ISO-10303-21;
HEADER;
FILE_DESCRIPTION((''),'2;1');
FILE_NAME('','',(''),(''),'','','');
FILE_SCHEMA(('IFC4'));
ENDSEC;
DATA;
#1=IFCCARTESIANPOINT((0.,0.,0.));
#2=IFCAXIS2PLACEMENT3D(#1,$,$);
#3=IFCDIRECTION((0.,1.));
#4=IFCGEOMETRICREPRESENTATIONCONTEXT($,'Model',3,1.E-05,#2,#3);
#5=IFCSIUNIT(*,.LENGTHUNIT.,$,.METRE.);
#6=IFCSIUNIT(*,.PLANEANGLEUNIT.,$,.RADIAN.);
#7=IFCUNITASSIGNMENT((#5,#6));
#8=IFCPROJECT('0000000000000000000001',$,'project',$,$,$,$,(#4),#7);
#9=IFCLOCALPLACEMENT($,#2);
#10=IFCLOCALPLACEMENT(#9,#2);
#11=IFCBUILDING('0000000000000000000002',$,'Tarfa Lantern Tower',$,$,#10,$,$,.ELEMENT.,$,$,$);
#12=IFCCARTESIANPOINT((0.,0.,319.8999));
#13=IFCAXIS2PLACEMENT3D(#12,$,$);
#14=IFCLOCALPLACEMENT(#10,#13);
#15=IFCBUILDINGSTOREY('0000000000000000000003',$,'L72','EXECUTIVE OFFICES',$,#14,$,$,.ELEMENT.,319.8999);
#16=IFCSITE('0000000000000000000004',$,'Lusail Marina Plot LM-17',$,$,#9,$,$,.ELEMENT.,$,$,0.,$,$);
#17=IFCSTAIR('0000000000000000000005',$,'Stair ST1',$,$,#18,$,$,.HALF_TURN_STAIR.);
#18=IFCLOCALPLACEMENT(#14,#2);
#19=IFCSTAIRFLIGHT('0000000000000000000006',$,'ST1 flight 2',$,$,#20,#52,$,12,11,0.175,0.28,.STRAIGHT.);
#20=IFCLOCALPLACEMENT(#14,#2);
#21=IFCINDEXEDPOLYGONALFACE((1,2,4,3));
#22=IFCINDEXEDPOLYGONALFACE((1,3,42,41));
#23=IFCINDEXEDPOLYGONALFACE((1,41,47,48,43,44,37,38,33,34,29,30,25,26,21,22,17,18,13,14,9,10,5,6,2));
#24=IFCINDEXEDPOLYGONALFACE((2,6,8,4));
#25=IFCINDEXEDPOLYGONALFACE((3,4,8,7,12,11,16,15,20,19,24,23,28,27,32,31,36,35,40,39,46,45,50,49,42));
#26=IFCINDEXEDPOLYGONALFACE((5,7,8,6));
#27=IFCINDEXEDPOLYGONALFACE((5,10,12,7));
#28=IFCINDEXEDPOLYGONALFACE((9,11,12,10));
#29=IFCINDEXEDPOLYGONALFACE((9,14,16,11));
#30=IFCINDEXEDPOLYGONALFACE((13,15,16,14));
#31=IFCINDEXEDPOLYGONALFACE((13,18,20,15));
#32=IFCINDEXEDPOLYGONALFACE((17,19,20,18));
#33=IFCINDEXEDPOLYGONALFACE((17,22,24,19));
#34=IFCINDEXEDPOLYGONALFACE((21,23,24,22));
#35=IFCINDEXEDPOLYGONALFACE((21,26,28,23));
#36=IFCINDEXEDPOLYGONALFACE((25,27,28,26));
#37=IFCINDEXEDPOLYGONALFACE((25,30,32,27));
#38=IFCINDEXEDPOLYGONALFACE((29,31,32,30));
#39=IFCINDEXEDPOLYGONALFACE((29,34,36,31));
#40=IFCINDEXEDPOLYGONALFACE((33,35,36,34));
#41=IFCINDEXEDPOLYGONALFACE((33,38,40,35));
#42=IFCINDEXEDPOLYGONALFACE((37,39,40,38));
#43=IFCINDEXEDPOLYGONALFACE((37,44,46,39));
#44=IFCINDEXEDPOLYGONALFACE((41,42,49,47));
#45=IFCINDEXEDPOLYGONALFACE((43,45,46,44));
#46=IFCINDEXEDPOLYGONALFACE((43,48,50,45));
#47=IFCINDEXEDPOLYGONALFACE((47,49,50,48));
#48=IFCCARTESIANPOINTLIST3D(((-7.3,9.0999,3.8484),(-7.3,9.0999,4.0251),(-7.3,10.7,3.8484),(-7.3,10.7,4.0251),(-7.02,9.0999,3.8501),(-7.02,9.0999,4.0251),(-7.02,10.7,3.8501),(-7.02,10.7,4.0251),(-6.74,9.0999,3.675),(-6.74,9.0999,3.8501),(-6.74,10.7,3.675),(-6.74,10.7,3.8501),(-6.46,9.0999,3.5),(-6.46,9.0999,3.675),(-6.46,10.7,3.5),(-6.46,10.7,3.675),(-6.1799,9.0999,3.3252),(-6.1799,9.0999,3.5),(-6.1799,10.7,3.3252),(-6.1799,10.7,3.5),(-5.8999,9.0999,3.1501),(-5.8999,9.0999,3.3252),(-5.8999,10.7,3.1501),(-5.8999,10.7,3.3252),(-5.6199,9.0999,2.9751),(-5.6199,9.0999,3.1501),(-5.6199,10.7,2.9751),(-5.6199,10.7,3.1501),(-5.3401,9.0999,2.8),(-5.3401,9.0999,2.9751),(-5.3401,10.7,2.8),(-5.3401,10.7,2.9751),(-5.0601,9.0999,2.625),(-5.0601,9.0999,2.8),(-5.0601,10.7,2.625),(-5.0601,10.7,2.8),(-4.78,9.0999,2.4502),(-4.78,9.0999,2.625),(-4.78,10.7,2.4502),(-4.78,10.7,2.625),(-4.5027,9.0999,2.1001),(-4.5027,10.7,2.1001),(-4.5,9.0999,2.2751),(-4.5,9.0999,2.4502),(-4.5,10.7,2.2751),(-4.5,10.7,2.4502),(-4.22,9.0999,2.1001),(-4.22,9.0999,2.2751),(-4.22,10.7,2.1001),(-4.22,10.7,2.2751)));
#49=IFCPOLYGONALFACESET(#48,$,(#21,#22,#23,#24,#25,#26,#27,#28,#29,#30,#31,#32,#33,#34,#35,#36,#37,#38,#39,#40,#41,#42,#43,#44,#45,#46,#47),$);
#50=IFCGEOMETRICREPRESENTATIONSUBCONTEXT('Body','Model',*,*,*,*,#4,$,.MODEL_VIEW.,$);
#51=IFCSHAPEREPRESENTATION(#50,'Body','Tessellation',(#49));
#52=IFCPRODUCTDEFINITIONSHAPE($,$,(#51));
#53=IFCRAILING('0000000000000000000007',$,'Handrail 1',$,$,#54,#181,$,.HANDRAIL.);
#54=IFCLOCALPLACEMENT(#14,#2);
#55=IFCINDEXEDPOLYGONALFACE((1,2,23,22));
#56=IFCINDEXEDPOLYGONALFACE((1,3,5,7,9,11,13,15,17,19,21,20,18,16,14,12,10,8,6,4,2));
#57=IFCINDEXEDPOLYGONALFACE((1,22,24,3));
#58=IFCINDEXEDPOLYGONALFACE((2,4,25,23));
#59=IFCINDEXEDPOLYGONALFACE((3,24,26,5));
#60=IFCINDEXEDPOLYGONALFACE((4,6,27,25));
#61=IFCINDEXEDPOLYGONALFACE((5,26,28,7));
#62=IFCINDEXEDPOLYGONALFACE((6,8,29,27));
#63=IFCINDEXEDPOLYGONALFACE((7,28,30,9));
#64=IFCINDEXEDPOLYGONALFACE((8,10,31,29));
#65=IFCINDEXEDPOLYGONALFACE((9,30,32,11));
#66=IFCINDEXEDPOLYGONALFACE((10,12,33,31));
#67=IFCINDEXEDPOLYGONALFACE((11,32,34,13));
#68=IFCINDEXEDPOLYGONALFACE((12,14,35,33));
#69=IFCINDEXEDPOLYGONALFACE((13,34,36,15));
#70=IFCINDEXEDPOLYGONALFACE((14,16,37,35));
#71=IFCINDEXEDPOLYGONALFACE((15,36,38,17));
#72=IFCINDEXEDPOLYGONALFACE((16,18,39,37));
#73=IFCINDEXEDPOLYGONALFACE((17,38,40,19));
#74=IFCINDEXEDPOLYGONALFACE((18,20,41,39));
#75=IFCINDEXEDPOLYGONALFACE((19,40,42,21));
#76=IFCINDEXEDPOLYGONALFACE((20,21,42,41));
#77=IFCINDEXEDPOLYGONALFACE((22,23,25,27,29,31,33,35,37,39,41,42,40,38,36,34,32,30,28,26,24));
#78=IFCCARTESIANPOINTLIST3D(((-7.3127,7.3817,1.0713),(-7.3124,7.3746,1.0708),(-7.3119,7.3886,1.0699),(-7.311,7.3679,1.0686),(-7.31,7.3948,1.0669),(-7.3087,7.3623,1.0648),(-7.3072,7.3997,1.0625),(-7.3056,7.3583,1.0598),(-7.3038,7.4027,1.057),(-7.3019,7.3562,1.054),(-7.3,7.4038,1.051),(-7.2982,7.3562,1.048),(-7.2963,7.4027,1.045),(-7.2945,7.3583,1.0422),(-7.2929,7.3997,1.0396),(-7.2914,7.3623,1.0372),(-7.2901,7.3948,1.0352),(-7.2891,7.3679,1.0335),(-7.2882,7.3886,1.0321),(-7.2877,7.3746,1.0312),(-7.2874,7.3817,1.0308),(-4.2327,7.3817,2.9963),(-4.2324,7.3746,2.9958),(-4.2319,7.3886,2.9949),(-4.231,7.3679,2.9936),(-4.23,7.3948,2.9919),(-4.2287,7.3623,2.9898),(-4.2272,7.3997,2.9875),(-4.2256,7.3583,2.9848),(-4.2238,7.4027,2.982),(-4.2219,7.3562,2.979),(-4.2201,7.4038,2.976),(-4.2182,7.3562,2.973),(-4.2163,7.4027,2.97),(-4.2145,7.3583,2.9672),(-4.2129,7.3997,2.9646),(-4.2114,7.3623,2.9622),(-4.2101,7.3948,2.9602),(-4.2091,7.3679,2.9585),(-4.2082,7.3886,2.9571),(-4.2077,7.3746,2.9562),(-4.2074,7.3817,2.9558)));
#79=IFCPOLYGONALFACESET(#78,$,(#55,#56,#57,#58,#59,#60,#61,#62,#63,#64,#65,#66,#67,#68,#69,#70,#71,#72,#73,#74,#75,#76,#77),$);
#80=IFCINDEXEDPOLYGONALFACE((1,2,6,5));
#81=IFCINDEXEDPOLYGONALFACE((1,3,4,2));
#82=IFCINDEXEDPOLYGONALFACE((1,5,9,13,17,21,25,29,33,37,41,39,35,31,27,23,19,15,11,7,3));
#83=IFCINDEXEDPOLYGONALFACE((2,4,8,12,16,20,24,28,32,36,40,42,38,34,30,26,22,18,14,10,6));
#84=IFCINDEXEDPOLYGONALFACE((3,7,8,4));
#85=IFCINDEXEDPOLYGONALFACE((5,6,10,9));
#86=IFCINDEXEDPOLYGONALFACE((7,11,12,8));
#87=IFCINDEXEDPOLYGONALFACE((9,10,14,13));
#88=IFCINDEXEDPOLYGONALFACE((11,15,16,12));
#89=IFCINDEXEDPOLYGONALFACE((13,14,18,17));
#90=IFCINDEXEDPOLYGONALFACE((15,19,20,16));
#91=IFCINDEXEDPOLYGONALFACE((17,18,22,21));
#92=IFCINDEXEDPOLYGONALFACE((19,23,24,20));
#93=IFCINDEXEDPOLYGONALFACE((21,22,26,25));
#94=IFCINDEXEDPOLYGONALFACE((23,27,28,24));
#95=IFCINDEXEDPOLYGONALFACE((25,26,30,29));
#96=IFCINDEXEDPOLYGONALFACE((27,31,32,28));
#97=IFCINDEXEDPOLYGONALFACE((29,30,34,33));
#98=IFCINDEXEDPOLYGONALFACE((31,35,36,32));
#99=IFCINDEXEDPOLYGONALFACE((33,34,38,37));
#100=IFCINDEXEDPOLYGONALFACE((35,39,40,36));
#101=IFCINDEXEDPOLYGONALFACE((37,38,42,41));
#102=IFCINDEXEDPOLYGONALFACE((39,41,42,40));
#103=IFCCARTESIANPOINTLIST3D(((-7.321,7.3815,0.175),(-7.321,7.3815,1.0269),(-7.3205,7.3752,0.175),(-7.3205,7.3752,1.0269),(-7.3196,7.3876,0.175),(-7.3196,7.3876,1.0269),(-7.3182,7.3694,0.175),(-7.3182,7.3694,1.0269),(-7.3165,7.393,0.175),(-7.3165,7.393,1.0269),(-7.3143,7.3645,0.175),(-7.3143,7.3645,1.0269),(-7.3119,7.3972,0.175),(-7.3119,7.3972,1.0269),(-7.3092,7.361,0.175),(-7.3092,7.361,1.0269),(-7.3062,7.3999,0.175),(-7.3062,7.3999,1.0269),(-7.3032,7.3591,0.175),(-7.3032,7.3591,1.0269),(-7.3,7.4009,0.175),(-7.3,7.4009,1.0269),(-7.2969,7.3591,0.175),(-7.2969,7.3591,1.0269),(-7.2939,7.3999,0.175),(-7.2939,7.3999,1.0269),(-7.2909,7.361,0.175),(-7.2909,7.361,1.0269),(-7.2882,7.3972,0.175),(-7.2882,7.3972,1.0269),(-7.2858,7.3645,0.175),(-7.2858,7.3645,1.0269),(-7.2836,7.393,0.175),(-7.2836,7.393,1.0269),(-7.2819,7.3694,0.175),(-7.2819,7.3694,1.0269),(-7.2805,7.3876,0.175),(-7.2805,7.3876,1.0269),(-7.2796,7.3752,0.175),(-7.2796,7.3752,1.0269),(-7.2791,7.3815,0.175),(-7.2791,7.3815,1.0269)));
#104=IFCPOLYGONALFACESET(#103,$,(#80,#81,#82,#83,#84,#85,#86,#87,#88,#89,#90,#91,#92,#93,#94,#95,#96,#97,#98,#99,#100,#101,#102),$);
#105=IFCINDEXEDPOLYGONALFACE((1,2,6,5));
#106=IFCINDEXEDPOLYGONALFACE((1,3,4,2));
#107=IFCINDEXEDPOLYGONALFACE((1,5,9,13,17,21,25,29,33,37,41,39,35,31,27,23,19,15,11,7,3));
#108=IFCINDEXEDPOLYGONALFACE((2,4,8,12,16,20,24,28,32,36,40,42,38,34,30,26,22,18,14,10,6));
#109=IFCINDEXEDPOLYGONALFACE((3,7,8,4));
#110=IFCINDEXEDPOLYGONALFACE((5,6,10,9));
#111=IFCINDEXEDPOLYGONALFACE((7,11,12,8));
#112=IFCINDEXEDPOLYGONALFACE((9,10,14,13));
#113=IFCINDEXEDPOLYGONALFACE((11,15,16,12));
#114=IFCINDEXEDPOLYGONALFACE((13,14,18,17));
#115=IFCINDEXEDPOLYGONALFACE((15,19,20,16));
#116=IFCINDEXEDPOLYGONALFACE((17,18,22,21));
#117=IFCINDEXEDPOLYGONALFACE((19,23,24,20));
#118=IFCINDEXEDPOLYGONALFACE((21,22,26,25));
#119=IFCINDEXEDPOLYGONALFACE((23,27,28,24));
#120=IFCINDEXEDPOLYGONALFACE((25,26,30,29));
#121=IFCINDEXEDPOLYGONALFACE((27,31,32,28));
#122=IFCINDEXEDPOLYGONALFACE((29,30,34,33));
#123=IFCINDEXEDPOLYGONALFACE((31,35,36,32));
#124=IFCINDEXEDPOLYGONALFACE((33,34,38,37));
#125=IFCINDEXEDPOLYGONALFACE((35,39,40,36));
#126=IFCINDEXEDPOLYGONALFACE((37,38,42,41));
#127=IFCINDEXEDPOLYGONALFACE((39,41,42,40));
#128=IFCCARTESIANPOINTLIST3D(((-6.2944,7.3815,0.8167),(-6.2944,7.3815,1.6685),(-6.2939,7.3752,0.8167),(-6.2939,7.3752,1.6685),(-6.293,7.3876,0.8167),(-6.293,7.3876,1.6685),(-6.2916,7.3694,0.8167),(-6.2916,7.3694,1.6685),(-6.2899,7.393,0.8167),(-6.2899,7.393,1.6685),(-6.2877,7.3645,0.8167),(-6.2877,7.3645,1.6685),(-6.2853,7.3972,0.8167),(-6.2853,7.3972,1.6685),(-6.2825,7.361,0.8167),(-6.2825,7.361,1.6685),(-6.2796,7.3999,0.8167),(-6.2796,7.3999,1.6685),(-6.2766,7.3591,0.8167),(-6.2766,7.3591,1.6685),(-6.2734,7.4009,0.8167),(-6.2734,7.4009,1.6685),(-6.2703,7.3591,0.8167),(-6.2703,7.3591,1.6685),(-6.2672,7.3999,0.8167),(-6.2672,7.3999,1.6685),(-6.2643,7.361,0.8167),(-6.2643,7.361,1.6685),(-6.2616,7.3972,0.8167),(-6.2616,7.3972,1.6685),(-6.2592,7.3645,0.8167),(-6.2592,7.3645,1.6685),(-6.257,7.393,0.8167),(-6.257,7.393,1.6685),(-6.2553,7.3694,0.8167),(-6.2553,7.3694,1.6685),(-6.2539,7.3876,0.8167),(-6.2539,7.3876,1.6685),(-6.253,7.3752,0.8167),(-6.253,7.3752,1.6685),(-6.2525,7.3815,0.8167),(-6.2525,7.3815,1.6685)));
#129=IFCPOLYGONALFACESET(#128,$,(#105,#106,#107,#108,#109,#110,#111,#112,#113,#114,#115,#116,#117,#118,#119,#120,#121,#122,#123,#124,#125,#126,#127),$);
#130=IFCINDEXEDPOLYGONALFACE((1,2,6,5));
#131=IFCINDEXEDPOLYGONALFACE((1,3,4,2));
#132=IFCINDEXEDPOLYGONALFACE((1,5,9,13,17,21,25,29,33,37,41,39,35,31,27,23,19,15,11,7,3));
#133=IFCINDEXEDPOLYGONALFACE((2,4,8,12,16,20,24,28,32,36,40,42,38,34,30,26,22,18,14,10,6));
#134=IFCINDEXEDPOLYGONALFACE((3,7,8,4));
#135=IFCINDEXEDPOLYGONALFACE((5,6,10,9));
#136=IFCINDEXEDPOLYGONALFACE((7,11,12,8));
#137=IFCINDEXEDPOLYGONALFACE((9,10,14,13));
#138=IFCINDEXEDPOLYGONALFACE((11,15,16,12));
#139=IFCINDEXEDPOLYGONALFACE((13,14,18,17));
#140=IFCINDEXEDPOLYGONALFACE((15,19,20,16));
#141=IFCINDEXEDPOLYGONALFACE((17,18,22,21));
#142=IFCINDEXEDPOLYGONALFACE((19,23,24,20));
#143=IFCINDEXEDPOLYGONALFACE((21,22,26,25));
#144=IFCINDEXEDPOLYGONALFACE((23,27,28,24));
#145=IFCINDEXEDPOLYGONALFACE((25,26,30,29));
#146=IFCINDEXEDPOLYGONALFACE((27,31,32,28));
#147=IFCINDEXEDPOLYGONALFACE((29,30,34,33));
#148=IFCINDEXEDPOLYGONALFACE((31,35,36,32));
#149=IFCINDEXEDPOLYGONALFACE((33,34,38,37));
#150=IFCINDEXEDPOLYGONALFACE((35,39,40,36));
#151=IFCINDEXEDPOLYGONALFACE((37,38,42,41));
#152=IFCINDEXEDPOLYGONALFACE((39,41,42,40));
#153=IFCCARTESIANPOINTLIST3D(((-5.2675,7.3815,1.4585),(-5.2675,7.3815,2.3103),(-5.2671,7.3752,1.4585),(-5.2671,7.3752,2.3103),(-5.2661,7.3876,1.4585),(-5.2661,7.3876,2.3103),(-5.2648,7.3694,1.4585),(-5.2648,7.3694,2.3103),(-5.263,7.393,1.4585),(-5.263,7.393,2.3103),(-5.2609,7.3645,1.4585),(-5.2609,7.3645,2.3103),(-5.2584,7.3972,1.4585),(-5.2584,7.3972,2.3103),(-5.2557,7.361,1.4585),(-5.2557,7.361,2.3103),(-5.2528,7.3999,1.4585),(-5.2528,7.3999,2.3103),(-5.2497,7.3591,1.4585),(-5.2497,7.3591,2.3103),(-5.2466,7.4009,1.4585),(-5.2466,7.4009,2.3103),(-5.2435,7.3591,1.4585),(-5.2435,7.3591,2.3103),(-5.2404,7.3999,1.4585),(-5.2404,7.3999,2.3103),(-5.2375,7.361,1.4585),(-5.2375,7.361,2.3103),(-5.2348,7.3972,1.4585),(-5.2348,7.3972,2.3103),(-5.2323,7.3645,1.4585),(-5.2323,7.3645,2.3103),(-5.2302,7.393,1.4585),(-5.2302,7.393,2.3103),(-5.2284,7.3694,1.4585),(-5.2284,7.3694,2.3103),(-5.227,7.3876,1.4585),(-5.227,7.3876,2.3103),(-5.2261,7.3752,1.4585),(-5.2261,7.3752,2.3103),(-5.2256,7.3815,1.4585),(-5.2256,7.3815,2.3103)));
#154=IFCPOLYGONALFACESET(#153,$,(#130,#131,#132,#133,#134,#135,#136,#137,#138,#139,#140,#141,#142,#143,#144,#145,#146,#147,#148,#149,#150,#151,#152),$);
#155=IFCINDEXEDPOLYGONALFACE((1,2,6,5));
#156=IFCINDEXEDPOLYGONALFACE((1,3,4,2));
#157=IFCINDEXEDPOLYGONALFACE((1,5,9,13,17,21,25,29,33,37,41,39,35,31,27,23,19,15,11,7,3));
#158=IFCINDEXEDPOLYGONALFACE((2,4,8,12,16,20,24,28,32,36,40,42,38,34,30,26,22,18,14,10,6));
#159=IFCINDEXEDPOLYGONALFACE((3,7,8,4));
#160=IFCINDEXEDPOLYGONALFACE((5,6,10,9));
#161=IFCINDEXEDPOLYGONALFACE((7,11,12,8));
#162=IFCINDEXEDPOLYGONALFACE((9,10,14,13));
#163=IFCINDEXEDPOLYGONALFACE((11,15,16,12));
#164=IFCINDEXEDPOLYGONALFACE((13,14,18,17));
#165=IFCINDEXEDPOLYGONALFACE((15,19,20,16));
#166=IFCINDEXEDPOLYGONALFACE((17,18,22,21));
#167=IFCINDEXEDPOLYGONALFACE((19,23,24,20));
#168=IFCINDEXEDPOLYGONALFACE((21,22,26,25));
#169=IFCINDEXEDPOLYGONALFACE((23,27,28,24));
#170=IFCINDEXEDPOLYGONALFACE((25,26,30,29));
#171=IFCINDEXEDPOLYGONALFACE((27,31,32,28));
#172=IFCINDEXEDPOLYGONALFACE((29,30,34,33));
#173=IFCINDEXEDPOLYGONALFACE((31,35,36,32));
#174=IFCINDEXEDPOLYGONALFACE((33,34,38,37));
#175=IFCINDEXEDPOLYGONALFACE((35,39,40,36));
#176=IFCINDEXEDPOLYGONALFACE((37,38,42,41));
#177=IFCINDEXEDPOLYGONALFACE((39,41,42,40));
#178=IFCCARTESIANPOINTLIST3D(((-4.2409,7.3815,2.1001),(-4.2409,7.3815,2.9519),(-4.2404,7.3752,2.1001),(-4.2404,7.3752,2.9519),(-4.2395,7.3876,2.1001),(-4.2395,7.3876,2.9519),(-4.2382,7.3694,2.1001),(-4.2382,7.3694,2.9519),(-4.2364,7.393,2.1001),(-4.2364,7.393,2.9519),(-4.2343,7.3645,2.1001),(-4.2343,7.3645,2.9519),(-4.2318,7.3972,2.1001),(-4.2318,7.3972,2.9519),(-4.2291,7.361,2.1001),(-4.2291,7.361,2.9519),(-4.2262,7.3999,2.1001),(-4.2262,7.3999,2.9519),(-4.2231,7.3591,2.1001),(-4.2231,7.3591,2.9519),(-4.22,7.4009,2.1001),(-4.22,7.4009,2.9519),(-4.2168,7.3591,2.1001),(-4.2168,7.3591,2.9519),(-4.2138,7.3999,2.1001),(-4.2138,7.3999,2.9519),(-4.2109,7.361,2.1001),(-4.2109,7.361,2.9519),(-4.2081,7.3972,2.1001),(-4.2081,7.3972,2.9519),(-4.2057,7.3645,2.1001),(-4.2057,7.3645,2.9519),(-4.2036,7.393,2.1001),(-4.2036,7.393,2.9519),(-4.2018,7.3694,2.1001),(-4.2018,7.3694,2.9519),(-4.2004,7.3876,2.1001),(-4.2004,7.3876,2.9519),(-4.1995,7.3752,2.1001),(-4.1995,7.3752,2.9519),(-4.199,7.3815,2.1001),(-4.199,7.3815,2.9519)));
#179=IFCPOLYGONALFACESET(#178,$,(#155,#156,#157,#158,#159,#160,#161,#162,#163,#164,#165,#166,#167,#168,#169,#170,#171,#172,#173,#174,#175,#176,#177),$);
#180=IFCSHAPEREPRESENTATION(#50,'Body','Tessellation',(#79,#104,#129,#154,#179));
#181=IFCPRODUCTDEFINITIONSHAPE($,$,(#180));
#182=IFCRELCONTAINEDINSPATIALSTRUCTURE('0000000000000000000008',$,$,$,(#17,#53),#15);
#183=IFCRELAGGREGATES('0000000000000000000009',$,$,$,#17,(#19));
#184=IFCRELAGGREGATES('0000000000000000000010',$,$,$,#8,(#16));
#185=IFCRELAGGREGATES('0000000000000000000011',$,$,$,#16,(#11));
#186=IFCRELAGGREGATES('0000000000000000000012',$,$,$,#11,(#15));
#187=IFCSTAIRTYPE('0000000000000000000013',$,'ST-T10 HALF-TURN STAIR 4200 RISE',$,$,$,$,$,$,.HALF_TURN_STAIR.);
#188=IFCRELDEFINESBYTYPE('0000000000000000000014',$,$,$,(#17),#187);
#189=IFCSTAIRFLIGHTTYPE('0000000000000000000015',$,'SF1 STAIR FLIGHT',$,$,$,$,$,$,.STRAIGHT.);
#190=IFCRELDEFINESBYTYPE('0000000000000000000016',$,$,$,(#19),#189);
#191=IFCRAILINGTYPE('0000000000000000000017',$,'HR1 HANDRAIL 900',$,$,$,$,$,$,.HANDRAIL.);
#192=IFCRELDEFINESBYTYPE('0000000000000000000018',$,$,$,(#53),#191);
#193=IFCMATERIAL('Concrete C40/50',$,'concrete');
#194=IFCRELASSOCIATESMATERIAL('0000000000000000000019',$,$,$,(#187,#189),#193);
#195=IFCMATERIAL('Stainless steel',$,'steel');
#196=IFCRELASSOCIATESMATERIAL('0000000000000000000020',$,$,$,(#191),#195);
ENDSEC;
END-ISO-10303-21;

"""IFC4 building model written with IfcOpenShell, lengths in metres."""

from ifc_helpers import new_model, si_unit, direction, frame, origin, origin_2d, place, context, subcontext, project, spatial, polyline, circle, outline, extrude, material, type_object, element, aggregate, save


model = new_model("IFC4")

# Units and contexts
model_context = context("Model", 3, precision=1e-05, world=origin(), true_north=direction((0.0, 1.0)))
body_context = subcontext(model_context, "Body", "Model", "MODEL_VIEW")
ifc_project = project(units=[si_unit("LENGTHUNIT", "METRE"), si_unit("PLANEANGLEUNIT", "RADIAN")], contexts=[model_context])

# Site, building, storey
site_placement = place(None, origin())
site = spatial("IfcSite", under=ifc_project, at=site_placement, Name="Lusail Marina Plot LM-17", CompositionType="ELEMENT", RefElevation=0.0)
building_placement = place(site_placement, origin())
building = spatial("IfcBuilding", under=site, at=building_placement, Name="Tarfa Lantern Tower", CompositionType="ELEMENT")
storey_placement = place(building_placement, frame((0.0, 0.0, 319.8999)))
storey = spatial("IfcBuildingStorey", under=building, at=storey_placement, Name="L72", Description="EXECUTIVE OFFICES", CompositionType="ELEMENT", Elevation=319.8999)

# Stair, stair flight
ifc_material_1 = material(Name="Concrete C40/50", Category="concrete")
stair_type = type_object("IfcStairType", Name="ST-T10 HALF-TURN STAIR 4200 RISE", PredefinedType="HALF_TURN_STAIR", material=ifc_material_1)
stair_placement = place(storey_placement, origin())
stair = element("IfcStair", 1, at=stair_placement, inside=storey, type_object=stair_type, Name="Stair ST1", PredefinedType="HALF_TURN_STAIR")
stair_flight_type = type_object("IfcStairFlightType", Name="SF1 STAIR FLIGHT", PredefinedType="STRAIGHT", material=ifc_material_1)
stair_flight_1_placement = place(storey_placement, frame((-4.22, 9.8999, 2.1001), z_axis=(0.0, 0.0, 1.0), x_axis=(-1.0, 0.0, 0.0)))
stair_flight_1 = element("IfcStairFlight", 2, at=stair_flight_1_placement, type_object=stair_flight_type, Name="ST1 flight 2", NumberOfRisers=12, NumberOfTreads=11, PredefinedType="STRAIGHT", RiserHeight=0.175, TreadLength=0.28, context=body_context, shape_type="SweptSolid", body=[
    extrude(outline(polyline([(0.0, 0.0), (0.0, 0.175), (0.28, 0.175), (0.28, 0.3501), (0.5601, 0.3501), (0.5601, 0.5249), (0.8401, 0.5249), (0.8401, 0.7), (1.1201, 0.7), (1.1201, 0.875), (1.3999, 0.875), (1.3999, 1.05), (1.6799, 1.05), (1.6799, 1.2251), (1.96, 1.2251), (1.96, 1.3999), (2.24, 1.3999), (2.24, 1.575), (2.52, 1.575), (2.52, 1.75), (2.8, 1.75), (2.8, 1.925), (3.0801, 1.925), (3.0801, 2.1001), (3.0801, 1.7483), (0.2827, 0.0), (0.0, 0.0)])), frame((0.0, 0.8, 0.0), z_axis=(0.0, -1.0, 0.0), x_axis=(1.0, 0.0, 0.0)), (0.0, 0.0, 1.0), 1.6001),
])
aggregate(stair, [stair_flight_1])

# Railing
ifc_material_2 = material(Name="Stainless steel", Category="steel")
railing_type = type_object("IfcRailingType", Name="HR1 HANDRAIL 900", PredefinedType="HANDRAIL", material=ifc_material_2)
railing_1_placement = place(storey_placement, frame((-7.3, 7.3799, 0.175)))
element("IfcRailing", 3, at=railing_1_placement, inside=storey, type_object=railing_type, Name="Handrail 1", PredefinedType="HANDRAIL", context=body_context, shape_type="SweptSolid", body=[
    extrude(circle(Radius=0.0239, at=origin_2d()), frame((0.0, 0.0, 0.876), z_axis=(0.847998, 0.0, 0.529999), x_axis=(0.0, 1.0, 0.0)), (0.0, 0.0, 1.0), 3.6321),
    extrude(circle(Radius=0.021, at=origin_2d()), frame((0.0, 0.0, 0.0), z_axis=(0.0, 0.0, 1.0), x_axis=(0.0, 1.0, 0.0)), (0.0, 0.0, 1.0), 0.8518),
    extrude(circle(Radius=0.021, at=origin_2d()), frame((1.0266, 0.0, 0.6416), z_axis=(0.0, 0.0, 1.0), x_axis=(0.0, 1.0, 0.0)), (0.0, 0.0, 1.0), 0.8518),
    extrude(circle(Radius=0.021, at=origin_2d()), frame((2.0535, 0.0, 1.2834), z_axis=(0.0, 0.0, 1.0), x_axis=(0.0, 1.0, 0.0)), (0.0, 0.0, 1.0), 0.8518),
    extrude(circle(Radius=0.021, at=origin_2d()), frame((3.0801, 0.0, 1.925), z_axis=(0.0, 0.0, 1.0), x_axis=(0.0, 1.0, 0.0)), (0.0, 0.0, 1.0), 0.8518),
])

save(model, "model.ifc")
